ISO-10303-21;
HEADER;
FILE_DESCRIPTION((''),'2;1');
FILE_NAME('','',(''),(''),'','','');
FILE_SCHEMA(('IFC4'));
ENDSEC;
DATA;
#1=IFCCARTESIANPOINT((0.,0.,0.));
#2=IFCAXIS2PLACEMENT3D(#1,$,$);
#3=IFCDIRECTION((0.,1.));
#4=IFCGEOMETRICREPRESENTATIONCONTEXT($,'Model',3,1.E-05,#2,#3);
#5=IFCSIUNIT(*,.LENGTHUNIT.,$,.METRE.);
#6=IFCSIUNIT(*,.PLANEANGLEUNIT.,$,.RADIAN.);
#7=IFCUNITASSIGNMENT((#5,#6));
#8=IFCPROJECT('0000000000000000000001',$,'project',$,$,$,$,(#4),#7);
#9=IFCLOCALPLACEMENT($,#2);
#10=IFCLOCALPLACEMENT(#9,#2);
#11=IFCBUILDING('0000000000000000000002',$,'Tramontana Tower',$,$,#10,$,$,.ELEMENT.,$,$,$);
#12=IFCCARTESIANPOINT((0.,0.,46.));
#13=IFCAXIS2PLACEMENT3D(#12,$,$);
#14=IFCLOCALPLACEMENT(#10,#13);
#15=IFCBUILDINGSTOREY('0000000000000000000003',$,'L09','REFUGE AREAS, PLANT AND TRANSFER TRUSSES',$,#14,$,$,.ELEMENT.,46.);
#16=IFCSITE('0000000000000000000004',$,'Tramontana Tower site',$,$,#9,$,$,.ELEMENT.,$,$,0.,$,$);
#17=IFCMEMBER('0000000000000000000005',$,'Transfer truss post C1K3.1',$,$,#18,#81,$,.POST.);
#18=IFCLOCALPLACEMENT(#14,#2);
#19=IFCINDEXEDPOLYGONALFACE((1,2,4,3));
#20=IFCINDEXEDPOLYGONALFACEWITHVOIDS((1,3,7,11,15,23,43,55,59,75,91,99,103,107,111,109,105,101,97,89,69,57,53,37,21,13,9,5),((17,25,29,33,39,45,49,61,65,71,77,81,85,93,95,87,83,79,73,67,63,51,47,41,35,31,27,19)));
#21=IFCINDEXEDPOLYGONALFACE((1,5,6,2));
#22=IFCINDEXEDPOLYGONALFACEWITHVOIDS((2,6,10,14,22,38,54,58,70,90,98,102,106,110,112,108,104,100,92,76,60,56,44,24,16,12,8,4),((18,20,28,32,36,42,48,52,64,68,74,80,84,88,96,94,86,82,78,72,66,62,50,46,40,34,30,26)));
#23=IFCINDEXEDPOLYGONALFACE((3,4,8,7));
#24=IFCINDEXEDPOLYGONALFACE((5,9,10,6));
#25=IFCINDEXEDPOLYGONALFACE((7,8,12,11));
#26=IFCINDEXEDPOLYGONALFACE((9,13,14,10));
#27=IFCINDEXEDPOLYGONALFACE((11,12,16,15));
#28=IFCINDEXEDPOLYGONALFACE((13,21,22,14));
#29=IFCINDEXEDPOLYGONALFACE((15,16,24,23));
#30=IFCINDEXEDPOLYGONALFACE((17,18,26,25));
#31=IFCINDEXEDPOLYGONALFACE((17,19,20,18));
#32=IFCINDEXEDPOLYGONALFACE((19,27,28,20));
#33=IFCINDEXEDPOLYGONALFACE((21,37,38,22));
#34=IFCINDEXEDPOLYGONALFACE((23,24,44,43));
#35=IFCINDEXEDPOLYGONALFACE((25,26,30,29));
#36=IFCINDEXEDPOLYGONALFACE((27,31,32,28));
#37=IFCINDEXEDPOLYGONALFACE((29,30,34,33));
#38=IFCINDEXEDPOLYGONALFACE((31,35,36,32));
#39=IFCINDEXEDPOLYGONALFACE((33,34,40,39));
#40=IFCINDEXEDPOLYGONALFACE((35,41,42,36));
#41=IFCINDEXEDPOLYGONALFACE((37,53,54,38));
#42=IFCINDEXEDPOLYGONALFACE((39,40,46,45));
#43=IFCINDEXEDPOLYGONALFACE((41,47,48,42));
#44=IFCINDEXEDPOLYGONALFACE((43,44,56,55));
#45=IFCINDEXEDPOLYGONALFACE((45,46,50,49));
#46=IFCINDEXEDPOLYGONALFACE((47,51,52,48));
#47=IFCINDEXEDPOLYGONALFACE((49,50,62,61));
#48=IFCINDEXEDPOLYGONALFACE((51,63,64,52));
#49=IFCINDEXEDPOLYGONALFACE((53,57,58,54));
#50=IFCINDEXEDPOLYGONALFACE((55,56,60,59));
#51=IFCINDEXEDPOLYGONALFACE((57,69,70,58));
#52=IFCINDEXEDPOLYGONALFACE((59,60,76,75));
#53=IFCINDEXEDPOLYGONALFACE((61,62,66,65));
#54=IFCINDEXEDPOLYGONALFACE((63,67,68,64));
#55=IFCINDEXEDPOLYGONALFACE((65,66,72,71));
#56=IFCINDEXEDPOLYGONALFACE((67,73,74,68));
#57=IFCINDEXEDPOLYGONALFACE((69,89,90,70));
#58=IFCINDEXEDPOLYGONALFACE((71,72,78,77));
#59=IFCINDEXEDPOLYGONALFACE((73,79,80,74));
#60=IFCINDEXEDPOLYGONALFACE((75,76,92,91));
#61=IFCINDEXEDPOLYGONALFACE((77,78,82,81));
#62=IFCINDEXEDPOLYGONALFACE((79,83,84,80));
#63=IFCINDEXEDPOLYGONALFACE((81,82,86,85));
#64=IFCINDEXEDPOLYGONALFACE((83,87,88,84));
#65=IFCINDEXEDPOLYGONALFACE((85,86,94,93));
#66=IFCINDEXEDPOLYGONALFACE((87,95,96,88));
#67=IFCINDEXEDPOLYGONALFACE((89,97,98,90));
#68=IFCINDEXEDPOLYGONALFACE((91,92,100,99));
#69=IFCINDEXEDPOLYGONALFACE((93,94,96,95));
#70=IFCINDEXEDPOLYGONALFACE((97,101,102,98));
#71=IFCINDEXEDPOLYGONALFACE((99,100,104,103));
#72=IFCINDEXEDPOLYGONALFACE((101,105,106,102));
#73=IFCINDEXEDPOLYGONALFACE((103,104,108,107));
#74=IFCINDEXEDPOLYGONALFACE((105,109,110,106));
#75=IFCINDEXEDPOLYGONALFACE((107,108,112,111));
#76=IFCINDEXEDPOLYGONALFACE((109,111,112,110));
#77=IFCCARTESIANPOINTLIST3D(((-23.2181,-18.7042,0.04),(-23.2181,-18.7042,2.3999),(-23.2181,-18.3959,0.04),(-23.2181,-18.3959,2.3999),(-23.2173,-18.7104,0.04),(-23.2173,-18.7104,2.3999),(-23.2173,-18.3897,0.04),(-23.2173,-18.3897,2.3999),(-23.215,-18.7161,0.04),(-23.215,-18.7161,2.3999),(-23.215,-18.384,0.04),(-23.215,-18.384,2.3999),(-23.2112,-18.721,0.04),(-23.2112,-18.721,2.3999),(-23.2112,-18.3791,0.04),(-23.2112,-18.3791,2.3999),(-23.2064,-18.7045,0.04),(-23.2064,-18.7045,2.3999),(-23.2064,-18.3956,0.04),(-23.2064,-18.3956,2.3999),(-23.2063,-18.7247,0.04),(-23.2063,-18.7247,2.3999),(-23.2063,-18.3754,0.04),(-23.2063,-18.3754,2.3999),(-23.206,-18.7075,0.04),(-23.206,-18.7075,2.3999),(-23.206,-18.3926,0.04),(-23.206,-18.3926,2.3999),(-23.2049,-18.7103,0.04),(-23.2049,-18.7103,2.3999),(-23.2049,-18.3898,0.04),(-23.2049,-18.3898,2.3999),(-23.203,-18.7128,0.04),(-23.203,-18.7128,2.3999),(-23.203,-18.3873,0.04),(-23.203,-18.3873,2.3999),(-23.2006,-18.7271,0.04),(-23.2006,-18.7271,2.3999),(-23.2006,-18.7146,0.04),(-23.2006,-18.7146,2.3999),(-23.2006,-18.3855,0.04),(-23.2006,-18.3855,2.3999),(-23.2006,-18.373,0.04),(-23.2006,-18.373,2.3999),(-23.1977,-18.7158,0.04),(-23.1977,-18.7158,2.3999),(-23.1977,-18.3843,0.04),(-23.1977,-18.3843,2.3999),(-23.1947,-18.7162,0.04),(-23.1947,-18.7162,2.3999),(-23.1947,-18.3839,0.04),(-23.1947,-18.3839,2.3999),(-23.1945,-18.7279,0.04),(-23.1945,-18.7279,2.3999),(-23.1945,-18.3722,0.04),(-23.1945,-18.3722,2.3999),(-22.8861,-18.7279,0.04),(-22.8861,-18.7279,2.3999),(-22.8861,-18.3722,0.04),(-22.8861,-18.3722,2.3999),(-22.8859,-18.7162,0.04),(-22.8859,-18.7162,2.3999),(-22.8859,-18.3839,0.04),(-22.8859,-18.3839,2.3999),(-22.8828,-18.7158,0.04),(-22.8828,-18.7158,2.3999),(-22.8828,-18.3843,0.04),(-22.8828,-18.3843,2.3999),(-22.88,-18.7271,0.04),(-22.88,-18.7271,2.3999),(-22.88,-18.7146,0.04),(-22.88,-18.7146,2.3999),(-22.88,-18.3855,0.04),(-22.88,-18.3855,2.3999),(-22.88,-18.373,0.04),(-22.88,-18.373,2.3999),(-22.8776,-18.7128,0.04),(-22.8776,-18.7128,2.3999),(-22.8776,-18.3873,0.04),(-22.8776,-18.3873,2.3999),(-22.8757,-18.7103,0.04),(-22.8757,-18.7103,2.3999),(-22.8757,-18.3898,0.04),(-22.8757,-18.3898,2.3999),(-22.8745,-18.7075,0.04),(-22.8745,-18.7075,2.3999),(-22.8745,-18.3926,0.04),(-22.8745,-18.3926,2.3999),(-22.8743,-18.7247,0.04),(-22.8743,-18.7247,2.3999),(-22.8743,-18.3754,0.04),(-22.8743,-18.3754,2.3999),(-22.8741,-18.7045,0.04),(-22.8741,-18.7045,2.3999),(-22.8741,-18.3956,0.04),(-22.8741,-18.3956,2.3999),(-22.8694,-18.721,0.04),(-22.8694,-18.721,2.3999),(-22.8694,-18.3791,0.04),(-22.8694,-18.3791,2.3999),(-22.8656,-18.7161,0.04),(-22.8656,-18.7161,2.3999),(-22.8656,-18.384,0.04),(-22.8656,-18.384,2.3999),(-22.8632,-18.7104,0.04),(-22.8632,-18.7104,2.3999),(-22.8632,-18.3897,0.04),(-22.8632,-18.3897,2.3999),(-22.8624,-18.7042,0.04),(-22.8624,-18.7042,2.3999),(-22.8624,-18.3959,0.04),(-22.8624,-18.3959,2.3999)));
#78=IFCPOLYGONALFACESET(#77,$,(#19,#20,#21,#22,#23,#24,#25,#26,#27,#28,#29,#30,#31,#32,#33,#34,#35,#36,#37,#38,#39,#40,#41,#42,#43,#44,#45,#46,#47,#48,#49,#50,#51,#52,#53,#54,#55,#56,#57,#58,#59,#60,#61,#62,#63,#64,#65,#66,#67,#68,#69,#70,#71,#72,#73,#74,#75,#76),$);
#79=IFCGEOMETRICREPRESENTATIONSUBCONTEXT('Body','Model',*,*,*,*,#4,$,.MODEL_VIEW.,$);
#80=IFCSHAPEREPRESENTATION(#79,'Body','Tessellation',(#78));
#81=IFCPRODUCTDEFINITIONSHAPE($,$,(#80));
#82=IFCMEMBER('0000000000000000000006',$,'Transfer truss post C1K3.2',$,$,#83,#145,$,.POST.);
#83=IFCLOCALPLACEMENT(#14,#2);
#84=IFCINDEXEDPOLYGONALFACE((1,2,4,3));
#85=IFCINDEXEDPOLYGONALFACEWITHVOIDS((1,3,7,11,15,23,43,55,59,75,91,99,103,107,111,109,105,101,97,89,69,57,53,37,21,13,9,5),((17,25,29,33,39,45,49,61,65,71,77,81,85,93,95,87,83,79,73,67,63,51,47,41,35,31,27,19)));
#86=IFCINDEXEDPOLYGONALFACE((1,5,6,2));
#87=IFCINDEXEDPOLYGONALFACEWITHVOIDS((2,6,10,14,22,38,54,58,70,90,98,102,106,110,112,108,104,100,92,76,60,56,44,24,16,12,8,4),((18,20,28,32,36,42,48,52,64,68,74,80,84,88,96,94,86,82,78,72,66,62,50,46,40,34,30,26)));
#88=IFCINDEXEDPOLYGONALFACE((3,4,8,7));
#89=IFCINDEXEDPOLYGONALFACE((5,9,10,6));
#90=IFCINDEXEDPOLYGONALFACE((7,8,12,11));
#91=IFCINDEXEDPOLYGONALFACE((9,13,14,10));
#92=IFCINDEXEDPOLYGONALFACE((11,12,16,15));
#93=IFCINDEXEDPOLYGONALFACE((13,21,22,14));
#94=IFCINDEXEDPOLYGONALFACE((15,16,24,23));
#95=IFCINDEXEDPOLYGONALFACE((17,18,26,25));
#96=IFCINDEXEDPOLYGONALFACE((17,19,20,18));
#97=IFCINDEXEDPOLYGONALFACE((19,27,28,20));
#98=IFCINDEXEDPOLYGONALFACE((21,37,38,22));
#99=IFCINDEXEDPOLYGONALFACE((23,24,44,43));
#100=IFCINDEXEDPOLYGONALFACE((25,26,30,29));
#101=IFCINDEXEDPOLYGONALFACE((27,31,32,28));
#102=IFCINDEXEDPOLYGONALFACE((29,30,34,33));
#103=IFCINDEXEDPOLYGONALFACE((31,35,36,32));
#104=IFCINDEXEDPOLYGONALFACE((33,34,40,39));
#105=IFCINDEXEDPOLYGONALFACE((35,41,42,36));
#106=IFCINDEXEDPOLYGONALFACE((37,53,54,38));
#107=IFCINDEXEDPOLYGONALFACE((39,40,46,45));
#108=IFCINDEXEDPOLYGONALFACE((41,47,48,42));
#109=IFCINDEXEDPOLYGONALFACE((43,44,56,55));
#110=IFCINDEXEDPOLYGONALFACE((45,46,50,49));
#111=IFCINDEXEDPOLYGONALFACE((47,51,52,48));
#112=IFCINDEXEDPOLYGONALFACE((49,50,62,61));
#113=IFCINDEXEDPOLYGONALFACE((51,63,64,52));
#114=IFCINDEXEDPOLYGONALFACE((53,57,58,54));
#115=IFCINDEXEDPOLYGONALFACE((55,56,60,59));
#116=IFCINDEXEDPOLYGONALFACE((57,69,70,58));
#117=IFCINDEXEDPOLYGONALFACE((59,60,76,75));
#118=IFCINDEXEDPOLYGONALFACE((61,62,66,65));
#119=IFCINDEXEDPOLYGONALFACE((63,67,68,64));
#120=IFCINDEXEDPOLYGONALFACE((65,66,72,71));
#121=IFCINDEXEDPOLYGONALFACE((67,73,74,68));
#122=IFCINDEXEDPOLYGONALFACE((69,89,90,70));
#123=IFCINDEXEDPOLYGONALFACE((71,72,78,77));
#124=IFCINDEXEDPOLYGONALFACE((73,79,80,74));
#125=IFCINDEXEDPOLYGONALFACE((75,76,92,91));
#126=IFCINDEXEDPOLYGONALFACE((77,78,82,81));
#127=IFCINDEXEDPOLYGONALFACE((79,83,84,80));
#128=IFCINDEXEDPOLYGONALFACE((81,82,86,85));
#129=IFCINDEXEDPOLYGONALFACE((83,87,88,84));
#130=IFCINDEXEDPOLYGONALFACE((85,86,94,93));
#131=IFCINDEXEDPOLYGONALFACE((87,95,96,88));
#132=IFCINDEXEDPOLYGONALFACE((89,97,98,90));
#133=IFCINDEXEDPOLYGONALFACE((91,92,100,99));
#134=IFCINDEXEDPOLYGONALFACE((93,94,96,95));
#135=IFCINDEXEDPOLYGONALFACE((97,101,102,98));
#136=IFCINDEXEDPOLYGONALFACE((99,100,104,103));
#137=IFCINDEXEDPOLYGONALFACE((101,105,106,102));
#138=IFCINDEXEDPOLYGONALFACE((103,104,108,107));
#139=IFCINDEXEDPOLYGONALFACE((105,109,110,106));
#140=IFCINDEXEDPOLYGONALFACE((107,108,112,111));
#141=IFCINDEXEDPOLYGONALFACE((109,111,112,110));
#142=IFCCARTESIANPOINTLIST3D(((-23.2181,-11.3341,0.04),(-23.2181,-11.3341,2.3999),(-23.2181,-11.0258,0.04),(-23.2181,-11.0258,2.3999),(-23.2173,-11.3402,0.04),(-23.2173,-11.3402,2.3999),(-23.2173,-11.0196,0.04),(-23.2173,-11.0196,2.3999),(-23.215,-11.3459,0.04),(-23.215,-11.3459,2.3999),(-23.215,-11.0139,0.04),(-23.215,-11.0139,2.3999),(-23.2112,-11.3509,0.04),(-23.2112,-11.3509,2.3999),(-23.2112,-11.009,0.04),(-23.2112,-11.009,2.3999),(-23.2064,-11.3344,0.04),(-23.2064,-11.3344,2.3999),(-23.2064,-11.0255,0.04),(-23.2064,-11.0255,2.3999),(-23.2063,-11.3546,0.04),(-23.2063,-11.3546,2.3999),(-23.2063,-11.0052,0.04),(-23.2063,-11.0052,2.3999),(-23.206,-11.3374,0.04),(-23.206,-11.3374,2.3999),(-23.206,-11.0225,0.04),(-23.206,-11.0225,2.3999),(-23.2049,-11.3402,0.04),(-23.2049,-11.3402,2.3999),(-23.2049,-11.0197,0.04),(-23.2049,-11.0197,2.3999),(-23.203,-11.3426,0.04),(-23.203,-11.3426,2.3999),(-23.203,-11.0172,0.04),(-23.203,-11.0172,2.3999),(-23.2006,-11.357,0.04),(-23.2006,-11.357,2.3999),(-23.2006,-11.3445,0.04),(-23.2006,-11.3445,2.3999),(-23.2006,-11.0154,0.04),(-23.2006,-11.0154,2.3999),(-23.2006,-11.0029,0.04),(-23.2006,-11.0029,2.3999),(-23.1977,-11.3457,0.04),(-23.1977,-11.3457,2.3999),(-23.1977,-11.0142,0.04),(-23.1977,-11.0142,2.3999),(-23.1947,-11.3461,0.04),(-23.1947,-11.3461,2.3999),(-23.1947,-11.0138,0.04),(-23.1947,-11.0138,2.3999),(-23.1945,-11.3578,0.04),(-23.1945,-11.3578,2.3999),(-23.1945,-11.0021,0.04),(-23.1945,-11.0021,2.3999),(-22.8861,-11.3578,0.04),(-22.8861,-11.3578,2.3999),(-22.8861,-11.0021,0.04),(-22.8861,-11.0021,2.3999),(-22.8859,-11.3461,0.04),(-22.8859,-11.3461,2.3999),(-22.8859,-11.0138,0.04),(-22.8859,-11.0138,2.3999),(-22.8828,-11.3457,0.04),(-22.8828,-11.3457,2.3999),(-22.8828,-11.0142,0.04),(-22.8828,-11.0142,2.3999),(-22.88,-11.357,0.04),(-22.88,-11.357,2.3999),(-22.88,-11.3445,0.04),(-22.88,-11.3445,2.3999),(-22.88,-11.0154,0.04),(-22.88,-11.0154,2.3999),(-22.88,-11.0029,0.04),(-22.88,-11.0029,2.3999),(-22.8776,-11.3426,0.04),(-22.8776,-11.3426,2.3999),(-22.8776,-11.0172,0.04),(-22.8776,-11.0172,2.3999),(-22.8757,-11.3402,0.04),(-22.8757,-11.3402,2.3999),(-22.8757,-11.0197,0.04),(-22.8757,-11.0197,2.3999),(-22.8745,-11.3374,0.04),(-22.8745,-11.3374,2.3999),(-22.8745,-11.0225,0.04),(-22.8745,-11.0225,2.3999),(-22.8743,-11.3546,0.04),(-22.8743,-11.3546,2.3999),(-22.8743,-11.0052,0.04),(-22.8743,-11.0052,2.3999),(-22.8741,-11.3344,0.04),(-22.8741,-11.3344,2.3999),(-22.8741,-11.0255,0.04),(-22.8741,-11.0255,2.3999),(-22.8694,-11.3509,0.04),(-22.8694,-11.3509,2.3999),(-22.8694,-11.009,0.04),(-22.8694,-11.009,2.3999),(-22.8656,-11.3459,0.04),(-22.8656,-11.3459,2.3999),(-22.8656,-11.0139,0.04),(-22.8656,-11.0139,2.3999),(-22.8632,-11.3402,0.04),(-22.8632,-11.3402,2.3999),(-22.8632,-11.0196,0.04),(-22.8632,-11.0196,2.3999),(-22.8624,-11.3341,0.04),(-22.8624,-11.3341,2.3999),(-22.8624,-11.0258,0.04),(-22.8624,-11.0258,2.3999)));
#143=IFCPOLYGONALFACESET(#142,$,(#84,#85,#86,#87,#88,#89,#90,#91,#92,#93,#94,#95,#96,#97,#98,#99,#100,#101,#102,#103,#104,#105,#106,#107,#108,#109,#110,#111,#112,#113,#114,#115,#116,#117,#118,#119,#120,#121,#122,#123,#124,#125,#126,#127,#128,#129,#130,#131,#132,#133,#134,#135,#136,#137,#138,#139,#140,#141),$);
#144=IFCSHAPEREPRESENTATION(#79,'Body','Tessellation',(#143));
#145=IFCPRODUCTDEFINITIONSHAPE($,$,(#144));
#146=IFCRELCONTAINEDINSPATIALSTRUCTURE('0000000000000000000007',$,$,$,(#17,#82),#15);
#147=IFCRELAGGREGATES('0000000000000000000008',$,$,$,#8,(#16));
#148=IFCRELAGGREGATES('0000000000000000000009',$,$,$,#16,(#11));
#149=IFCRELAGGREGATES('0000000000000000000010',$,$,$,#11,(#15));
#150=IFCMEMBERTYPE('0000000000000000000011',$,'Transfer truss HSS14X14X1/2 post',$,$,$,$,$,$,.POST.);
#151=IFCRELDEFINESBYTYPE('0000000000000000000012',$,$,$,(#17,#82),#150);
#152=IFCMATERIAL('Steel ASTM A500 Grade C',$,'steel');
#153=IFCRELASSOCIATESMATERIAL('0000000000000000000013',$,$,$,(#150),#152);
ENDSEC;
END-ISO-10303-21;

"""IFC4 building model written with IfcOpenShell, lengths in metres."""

from ifc_helpers import new_model, si_unit, direction, frame, origin, origin_2d, place, context, subcontext, project, spatial, hollow_rectangle, extrude, material, material_profile, profile_set, type_object, element, save


model = new_model("IFC4")

# Units and contexts
model_context = context("Model", 3, precision=1e-05, world=origin(), true_north=direction((0.0, 1.0)))
body_context = subcontext(model_context, "Body", "Model", "MODEL_VIEW")
ifc_project = project(units=[si_unit("LENGTHUNIT", "METRE"), si_unit("PLANEANGLEUNIT", "RADIAN")], contexts=[model_context])

# Site, building, storey
site_placement = place(None, origin())
site = spatial("IfcSite", under=ifc_project, at=site_placement, Name="Tramontana Tower site", CompositionType="ELEMENT", RefElevation=0.0)
building_placement = place(site_placement, origin())
building = spatial("IfcBuilding", under=site, at=building_placement, Name="Tramontana Tower", CompositionType="ELEMENT")
storey_placement = place(building_placement, frame((0.0, 0.0, 46.0)))
storey = spatial("IfcBuildingStorey", under=building, at=storey_placement, Name="L09", Description="REFUGE AREAS, PLANT AND TRANSFER TRUSSES", CompositionType="ELEMENT", Elevation=46.0)

# Members
ifc_material_1 = material(Name="Steel ASTM A500 Grade C", Category="steel")
ifc_material_profile_1 = material_profile(ifc_material_1, hollow_rectangle(XDim=0.3557, YDim=0.3557, WallThickness=0.0117, InnerFilletRadius=0.0117, OuterFilletRadius=0.0237, at=origin_2d()), Name="HSS14X14X1/2")
ifc_profile_set_1 = profile_set([ifc_material_profile_1], Name="Steel ASTM A500 Grade C")
member_type_1 = type_object("IfcMemberType", Name="Transfer truss HSS14X14X1/2 post", PredefinedType="POST", material=ifc_profile_set_1)
for number, where, z_axis, x_axis, name in (
    (1, (-23.0403, -18.55, 0.04), (0.0, 0.0, 1.0), (1.0, 0.0, 0.0), "Transfer truss post C1K3.1"),
    (2, (-23.0403, -11.1799, 0.04), (0.0, 0.0, 1.0), (1.0, 0.0, 0.0), "Transfer truss post C1K3.2"),
):
    element("IfcMember", number, at=place(storey_placement, frame(where, z_axis=z_axis, x_axis=x_axis)), inside=storey, type_object=member_type_1, Name=name, PredefinedType="POST", context=body_context, shape_type="SweptSolid", body=[
        extrude(hollow_rectangle(XDim=0.3557, YDim=0.3557, WallThickness=0.0117, InnerFilletRadius=0.0117, OuterFilletRadius=0.0237, at=origin_2d()), origin(), (0.0, 0.0, 1.0), 2.3599),
    ])

save(model, "model.ifc")
